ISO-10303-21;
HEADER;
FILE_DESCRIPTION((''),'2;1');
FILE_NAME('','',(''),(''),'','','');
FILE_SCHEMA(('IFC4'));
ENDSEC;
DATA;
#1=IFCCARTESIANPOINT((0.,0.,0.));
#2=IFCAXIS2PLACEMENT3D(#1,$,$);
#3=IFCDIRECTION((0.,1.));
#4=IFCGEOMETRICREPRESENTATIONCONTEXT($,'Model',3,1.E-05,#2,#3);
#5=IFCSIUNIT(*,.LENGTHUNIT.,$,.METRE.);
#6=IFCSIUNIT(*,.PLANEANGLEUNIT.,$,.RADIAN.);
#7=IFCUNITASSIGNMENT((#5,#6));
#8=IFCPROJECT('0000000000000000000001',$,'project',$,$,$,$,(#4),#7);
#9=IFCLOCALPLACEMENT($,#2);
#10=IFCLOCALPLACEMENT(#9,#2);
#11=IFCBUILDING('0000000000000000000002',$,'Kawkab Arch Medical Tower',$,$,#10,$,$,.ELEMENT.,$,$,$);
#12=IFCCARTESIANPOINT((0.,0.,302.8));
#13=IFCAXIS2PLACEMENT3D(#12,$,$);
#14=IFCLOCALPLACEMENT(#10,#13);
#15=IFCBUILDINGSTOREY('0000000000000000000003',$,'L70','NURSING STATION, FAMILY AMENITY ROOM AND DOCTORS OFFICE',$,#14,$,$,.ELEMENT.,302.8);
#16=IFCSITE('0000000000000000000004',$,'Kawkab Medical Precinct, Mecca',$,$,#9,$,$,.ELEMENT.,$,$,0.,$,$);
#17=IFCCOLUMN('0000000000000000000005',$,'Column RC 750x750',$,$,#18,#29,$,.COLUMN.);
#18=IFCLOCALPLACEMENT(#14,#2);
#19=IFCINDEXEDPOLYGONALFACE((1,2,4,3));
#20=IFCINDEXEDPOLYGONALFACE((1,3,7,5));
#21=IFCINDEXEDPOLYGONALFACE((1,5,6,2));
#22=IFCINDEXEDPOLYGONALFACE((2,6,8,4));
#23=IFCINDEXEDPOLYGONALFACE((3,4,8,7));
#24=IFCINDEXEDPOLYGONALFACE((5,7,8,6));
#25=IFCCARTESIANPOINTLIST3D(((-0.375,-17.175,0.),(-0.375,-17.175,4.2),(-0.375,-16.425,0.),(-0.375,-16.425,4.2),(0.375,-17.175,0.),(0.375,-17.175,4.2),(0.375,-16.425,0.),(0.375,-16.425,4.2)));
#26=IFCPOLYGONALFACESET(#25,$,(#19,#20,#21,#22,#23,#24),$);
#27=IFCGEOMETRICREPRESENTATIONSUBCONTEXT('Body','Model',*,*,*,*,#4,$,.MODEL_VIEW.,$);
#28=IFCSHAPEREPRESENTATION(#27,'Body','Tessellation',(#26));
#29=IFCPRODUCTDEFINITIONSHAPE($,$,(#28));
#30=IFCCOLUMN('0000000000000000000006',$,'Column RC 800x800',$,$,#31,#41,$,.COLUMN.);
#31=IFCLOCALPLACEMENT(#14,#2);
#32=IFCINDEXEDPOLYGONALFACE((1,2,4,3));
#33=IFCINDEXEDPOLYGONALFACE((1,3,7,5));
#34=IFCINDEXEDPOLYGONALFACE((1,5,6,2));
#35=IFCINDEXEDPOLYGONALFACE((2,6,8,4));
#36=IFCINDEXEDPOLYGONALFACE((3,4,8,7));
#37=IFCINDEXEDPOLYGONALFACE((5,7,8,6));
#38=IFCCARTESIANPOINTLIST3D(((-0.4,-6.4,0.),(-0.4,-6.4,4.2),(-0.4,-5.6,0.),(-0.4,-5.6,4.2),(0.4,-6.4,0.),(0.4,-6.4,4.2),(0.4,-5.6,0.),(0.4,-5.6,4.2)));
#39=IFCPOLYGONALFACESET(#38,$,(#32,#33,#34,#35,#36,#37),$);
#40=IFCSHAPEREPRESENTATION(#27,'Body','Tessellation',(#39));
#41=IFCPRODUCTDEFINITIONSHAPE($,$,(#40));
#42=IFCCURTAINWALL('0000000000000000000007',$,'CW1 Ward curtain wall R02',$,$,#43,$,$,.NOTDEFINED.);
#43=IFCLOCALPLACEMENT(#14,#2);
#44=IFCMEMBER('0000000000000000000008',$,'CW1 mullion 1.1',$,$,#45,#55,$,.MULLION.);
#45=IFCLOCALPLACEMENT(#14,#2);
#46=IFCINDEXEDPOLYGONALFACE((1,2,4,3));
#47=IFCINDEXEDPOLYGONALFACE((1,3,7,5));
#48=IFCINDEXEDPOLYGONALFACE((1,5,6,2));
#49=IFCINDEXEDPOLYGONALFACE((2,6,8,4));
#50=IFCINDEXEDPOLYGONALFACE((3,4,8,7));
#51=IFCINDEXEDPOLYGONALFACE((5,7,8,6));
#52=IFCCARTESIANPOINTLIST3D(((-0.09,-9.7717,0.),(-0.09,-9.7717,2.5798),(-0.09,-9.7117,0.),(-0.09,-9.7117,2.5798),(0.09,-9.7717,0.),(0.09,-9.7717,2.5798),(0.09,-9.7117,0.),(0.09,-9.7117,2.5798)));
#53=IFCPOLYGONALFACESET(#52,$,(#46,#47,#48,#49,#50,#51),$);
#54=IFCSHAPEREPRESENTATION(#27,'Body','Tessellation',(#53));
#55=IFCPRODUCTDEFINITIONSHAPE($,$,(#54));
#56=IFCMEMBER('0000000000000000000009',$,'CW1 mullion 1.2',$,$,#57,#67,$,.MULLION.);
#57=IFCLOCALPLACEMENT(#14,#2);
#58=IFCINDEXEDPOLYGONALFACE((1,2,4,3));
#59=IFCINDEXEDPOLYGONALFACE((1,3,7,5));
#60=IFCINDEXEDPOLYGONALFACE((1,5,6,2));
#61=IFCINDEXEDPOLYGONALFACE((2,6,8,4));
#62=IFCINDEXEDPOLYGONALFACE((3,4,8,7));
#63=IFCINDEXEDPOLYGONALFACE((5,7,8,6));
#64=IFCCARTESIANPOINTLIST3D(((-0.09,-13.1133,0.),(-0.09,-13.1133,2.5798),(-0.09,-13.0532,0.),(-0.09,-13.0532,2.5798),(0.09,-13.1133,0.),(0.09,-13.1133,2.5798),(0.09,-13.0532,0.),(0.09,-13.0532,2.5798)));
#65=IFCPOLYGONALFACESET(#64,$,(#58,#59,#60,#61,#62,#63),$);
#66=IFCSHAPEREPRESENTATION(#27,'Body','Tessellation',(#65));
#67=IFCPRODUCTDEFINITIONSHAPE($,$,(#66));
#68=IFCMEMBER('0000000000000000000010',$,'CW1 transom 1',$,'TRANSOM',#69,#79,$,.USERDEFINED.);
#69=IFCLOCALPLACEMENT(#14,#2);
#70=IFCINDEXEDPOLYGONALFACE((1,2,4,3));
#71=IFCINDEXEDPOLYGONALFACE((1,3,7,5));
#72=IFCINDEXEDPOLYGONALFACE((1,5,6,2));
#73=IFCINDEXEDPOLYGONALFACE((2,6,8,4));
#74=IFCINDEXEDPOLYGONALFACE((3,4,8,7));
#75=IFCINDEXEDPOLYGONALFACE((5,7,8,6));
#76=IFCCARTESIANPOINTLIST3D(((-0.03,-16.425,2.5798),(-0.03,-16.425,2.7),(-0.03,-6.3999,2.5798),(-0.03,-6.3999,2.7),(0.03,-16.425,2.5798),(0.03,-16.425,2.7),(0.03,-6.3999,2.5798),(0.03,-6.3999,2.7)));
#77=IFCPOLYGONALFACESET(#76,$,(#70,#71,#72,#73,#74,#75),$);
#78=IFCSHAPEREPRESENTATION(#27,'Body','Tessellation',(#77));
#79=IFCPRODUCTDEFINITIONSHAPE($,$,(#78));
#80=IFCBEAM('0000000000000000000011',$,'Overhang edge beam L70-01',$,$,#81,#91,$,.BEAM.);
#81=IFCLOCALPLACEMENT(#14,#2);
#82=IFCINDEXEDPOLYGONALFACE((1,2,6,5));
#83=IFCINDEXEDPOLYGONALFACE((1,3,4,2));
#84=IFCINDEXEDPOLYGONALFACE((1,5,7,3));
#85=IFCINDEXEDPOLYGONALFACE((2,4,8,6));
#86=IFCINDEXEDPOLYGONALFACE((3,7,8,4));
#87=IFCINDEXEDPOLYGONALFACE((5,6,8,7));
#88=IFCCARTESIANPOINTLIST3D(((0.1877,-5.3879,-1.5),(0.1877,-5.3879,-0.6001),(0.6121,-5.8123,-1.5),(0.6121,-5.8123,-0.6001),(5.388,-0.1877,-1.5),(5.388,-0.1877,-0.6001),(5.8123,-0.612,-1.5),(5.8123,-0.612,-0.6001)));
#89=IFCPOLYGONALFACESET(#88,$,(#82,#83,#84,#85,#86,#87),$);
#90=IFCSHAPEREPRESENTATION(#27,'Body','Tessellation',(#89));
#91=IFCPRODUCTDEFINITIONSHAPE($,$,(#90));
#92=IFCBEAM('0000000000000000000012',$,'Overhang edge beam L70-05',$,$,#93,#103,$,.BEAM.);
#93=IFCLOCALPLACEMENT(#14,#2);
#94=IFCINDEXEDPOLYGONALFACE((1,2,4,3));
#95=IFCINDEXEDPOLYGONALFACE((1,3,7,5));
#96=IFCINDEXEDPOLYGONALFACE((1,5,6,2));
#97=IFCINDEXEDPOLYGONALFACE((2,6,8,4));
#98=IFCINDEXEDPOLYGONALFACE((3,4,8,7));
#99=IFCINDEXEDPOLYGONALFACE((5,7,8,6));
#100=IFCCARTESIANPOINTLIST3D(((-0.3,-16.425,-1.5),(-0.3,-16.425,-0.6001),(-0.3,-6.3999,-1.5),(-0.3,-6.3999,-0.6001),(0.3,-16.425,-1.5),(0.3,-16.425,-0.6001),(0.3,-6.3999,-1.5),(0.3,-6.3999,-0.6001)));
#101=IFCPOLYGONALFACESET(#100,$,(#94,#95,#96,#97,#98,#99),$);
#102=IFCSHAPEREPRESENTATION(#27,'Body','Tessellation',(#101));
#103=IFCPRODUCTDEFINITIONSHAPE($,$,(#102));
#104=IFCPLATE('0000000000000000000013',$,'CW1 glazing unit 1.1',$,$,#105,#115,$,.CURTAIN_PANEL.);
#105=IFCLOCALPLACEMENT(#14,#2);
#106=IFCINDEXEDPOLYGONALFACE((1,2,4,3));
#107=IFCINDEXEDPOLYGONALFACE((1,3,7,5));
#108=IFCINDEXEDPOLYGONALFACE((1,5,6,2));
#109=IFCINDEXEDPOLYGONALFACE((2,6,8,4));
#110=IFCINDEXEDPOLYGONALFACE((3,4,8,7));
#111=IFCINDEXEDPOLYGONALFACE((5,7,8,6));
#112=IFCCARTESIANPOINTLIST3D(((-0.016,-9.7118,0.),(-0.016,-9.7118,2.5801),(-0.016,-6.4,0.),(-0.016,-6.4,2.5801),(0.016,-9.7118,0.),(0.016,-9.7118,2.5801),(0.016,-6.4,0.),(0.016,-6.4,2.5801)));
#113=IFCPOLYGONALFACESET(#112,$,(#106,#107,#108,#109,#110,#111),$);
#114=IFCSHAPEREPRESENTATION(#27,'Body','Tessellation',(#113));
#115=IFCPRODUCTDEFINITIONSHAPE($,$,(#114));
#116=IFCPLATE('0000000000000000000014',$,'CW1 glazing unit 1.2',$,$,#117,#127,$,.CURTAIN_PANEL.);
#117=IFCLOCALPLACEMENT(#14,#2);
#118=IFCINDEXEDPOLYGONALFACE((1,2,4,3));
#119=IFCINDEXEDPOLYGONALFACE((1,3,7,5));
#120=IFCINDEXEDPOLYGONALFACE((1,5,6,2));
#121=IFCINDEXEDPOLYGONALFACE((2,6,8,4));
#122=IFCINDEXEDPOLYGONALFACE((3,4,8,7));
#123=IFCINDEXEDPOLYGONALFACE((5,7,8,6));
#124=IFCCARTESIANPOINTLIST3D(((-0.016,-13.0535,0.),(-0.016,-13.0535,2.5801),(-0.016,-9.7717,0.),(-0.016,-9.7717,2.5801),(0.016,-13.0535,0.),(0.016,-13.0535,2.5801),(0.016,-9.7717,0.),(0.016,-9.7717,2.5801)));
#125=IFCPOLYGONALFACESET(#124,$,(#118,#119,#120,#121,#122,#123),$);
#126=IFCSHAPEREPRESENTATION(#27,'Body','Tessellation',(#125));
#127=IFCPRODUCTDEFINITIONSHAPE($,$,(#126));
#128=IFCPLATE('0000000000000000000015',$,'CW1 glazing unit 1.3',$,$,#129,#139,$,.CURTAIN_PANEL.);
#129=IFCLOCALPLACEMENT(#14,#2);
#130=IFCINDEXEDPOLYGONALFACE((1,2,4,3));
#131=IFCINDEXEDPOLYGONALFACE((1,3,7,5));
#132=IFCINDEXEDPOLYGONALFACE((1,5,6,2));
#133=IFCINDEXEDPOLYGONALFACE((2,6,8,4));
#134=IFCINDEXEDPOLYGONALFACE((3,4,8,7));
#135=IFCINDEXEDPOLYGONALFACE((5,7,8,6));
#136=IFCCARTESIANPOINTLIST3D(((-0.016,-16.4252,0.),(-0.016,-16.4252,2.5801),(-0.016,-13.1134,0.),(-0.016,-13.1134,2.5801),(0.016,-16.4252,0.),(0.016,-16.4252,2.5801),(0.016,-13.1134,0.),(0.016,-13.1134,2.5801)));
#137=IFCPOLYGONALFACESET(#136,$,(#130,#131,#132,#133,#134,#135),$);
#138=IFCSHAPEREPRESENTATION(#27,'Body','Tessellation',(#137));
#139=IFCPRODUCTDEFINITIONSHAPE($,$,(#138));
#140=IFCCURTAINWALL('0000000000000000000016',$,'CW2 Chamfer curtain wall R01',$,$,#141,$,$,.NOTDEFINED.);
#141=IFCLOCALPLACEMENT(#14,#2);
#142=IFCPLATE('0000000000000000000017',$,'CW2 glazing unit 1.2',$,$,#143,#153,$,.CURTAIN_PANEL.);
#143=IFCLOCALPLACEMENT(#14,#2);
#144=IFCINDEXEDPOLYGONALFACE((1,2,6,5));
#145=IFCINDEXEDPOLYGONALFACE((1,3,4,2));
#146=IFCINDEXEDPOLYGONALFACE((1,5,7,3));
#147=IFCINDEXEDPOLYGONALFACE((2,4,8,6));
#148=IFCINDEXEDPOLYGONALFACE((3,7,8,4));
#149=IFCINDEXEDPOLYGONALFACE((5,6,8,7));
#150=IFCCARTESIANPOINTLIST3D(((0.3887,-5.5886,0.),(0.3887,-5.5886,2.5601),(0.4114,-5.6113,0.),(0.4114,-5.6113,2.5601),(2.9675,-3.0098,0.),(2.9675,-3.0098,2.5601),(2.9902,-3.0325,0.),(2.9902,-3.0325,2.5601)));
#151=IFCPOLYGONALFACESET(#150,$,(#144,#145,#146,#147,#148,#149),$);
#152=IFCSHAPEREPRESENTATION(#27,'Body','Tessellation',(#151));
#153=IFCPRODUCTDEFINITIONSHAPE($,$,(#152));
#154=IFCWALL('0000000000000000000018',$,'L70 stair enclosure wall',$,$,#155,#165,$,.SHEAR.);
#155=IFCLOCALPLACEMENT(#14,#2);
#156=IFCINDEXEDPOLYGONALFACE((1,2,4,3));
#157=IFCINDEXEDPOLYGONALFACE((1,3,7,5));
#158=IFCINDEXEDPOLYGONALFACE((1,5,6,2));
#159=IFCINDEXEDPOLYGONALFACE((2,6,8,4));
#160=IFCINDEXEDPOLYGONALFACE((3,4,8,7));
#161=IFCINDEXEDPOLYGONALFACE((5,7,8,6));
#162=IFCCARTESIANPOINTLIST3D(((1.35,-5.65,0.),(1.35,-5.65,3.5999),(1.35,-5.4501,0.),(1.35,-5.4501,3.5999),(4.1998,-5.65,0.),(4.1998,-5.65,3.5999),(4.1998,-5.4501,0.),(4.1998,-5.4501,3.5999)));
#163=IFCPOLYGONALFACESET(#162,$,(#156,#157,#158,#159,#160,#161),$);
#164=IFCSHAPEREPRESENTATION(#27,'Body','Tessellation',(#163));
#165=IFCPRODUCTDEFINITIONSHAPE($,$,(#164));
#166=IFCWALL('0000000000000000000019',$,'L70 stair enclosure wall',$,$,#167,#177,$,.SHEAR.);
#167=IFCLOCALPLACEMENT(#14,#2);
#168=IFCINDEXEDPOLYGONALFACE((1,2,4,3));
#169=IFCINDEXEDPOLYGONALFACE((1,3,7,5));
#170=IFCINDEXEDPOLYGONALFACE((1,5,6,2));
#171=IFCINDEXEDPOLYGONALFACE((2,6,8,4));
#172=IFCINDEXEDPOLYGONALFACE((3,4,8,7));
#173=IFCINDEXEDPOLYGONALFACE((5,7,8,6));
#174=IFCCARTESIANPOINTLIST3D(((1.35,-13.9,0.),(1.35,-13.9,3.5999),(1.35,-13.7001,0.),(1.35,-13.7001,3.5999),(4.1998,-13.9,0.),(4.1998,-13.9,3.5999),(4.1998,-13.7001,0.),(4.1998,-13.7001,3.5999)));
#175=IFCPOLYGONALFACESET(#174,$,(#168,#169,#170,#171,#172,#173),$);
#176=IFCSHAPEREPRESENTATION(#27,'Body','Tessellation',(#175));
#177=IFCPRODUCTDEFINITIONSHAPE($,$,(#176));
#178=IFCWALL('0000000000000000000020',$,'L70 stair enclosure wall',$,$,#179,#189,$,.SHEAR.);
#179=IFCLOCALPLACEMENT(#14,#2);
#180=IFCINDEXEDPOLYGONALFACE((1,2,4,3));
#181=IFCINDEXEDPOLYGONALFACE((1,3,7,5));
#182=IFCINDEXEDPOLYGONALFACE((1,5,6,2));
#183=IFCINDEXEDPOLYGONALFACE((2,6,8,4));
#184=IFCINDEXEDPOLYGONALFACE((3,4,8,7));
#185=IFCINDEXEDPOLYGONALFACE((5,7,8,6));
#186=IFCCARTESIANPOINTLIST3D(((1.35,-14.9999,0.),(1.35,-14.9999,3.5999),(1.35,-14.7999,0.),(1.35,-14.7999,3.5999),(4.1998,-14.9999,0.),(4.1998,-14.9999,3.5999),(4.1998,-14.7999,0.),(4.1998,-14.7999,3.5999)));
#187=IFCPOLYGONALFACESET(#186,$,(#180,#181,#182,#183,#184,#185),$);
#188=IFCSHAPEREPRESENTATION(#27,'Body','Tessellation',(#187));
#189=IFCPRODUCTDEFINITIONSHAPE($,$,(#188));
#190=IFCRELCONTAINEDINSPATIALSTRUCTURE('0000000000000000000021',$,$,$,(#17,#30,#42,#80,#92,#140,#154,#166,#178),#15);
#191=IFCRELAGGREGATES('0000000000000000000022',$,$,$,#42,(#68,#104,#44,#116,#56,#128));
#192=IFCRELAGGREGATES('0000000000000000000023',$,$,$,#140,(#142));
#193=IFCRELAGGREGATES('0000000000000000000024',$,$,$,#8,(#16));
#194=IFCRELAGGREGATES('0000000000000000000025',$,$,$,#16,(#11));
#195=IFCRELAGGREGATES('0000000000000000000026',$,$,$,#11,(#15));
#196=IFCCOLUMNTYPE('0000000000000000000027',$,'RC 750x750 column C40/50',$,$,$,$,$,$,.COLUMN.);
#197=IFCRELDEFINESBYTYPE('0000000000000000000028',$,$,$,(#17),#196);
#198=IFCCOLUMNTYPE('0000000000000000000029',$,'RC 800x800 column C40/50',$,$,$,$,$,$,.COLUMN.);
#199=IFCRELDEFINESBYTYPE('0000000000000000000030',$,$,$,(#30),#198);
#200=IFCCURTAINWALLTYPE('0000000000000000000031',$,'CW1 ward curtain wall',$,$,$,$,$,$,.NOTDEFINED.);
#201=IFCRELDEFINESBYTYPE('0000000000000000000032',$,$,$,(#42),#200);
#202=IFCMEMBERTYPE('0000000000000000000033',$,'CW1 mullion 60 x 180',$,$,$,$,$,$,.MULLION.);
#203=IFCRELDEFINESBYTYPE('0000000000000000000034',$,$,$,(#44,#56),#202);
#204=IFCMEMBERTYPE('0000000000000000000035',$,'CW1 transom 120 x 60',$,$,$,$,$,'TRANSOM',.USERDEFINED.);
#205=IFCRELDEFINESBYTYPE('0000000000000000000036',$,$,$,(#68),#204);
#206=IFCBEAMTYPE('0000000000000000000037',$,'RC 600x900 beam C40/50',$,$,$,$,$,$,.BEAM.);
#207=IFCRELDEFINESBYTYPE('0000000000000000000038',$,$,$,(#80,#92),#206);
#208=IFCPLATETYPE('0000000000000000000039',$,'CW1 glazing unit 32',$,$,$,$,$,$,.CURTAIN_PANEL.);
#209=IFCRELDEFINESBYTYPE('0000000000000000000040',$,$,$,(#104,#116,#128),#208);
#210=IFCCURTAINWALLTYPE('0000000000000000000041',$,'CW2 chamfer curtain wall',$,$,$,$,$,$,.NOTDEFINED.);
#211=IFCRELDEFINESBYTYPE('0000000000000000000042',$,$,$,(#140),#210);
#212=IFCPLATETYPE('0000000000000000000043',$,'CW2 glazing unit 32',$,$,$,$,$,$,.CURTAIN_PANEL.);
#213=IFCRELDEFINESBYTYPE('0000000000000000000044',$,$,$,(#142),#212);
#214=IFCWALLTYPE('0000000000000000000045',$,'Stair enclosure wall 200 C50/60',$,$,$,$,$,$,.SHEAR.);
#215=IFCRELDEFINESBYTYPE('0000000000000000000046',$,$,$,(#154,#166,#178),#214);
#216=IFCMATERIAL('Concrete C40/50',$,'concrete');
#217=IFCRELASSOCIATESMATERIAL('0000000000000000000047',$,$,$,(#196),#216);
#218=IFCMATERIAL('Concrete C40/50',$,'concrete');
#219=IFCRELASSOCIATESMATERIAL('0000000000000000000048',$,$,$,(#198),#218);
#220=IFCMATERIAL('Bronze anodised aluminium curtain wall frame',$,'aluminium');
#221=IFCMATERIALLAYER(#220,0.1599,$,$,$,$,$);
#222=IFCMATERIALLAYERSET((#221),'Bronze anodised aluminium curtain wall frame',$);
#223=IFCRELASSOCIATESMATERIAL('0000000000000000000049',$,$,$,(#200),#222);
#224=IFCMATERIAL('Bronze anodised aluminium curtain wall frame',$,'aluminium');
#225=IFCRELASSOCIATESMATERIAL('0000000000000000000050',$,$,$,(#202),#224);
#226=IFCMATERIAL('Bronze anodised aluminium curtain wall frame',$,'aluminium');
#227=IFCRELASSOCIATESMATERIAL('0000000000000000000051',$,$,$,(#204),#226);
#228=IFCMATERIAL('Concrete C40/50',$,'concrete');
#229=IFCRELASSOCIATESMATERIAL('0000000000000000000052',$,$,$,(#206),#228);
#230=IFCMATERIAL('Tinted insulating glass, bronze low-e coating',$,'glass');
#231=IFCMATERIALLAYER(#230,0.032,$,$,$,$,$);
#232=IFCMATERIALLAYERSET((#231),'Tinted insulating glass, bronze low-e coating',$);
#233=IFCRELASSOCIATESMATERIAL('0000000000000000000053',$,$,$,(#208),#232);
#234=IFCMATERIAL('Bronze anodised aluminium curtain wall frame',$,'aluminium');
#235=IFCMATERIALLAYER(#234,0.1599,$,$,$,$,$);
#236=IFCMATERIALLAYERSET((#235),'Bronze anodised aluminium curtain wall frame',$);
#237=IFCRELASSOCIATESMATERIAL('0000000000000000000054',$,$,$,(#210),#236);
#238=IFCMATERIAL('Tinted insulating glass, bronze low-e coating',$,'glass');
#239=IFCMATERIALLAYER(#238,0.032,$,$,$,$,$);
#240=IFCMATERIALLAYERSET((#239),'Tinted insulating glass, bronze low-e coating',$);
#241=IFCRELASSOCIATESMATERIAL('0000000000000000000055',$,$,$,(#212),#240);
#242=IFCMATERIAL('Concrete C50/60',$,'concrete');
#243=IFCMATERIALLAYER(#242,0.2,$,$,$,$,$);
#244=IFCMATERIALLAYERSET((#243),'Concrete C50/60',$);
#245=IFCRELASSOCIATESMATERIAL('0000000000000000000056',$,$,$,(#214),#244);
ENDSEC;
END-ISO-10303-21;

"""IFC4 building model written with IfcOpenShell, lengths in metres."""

from ifc_helpers import new_model, si_unit, direction, frame, frame_2d, origin, origin_2d, place, context, subcontext, project, spatial, rectangle, extrude, material, layer, layer_set, material_profile, profile_set, type_object, element, aggregate, save


model = new_model("IFC4")

# Units and contexts
model_context = context("Model", 3, precision=1e-05, world=origin(), true_north=direction((0.0, 1.0)))
body_context = subcontext(model_context, "Body", "Model", "MODEL_VIEW")
ifc_project = project(units=[si_unit("LENGTHUNIT", "METRE"), si_unit("PLANEANGLEUNIT", "RADIAN")], contexts=[model_context])

# Site, building, storey
site_placement = place(None, origin())
site = spatial("IfcSite", under=ifc_project, at=site_placement, Name="Kawkab Medical Precinct, Mecca", CompositionType="ELEMENT", RefElevation=0.0)
building_placement = place(site_placement, origin())
building = spatial("IfcBuilding", under=site, at=building_placement, Name="Kawkab Arch Medical Tower", CompositionType="ELEMENT")
storey_placement = place(building_placement, frame((0.0, 0.0, 302.8)))
storey = spatial("IfcBuildingStorey", under=building, at=storey_placement, Name="L70", Description="NURSING STATION, FAMILY AMENITY ROOM AND DOCTORS OFFICE", CompositionType="ELEMENT", Elevation=302.8)

# Columns
ifc_material_1 = material(Name="Concrete C40/50", Category="concrete")
ifc_material_profile_1 = material_profile(ifc_material_1, rectangle(XDim=0.75, YDim=0.75, at=origin_2d()), Name="RC 750x750")
ifc_profile_set_1 = profile_set([ifc_material_profile_1], Name="Concrete C40/50")
column_type_1 = type_object("IfcColumnType", Name="RC 750x750 column C40/50", PredefinedType="COLUMN", material=ifc_profile_set_1)
column_1_placement = place(storey_placement, frame((0.0, -16.8, 0.0), z_axis=(0.0, 0.0, 1.0), x_axis=(1.0, 0.0, 0.0)))
element("IfcColumn", 1, at=column_1_placement, inside=storey, type_object=column_type_1, Name="Column RC 750x750", PredefinedType="COLUMN", context=body_context, shape_type="SweptSolid", body=[
    extrude(rectangle(XDim=0.75, YDim=0.75, at=origin_2d()), origin(), (0.0, 0.0, 1.0), 4.2),
])
ifc_material_2 = material(Name="Concrete C40/50", Category="concrete")
ifc_material_profile_2 = material_profile(ifc_material_2, rectangle(XDim=0.8, YDim=0.8, at=origin_2d()), Name="RC 800x800")
ifc_profile_set_2 = profile_set([ifc_material_profile_2], Name="Concrete C40/50")
column_type_2 = type_object("IfcColumnType", Name="RC 800x800 column C40/50", PredefinedType="COLUMN", material=ifc_profile_set_2)
column_2_placement = place(storey_placement, frame((0.0, -6.0, 0.0), z_axis=(0.0, 0.0, 1.0), x_axis=(1.0, 0.0, 0.0)))
element("IfcColumn", 2, at=column_2_placement, inside=storey, type_object=column_type_2, Name="Column RC 800x800", PredefinedType="COLUMN", context=body_context, shape_type="SweptSolid", body=[
    extrude(rectangle(XDim=0.8, YDim=0.8, at=origin_2d()), origin(), (0.0, 0.0, 1.0), 4.2),
])

# Curtain wall, members
ifc_material_3 = material(Name="Bronze anodised aluminium curtain wall frame", Category="aluminium")
ifc_layer_1 = layer(ifc_material_3, 0.1599)
ifc_layer_set_1 = layer_set([ifc_layer_1], Name="Bronze anodised aluminium curtain wall frame")
curtain_wall_type_1 = type_object("IfcCurtainWallType", Name="CW1 ward curtain wall", PredefinedType="NOTDEFINED", material=ifc_layer_set_1)
placement = place(storey_placement, origin())
curtain_wall_1 = element("IfcCurtainWall", 3, at=placement, inside=storey, type_object=curtain_wall_type_1, Name="CW1 Ward curtain wall R02", PredefinedType="NOTDEFINED")
ifc_material_4 = material(Name="Bronze anodised aluminium curtain wall frame", Category="aluminium")
ifc_material_profile_3 = material_profile(ifc_material_4, rectangle(XDim=0.1799, YDim=0.0601, at=origin_2d()), Name="AL 60x180")
ifc_profile_set_3 = profile_set([ifc_material_profile_3], Name="Bronze anodised aluminium curtain wall frame")
member_type_1 = type_object("IfcMemberType", Name="CW1 mullion 60 x 180", PredefinedType="MULLION", material=ifc_profile_set_3)
member_1_placement = place(storey_placement, frame((0.0, -9.7417, 0.0), z_axis=(0.0, 0.0, 1.0), x_axis=(1.0, 0.0, 0.0)))
member_1 = element("IfcMember", 4, at=member_1_placement, type_object=member_type_1, Name="CW1 mullion 1.1", PredefinedType="MULLION", context=body_context, shape_type="SweptSolid", body=[
    extrude(rectangle(XDim=0.1799, YDim=0.0601, at=origin_2d()), origin(), (0.0, 0.0, 1.0), 2.5798),
])
member_2_placement = place(storey_placement, frame((0.0, -13.0833, 0.0), z_axis=(0.0, 0.0, 1.0), x_axis=(1.0, 0.0, 0.0)))
member_2 = element("IfcMember", 5, at=member_2_placement, type_object=member_type_1, Name="CW1 mullion 1.2", PredefinedType="MULLION", context=body_context, shape_type="SweptSolid", body=[
    extrude(rectangle(XDim=0.1799, YDim=0.0601, at=origin_2d()), origin(), (0.0, 0.0, 1.0), 2.5798),
])
ifc_material_5 = material(Name="Bronze anodised aluminium curtain wall frame", Category="aluminium")
ifc_material_profile_4 = material_profile(ifc_material_5, rectangle(XDim=0.0601, YDim=0.1201, at=origin_2d()), Name="AL 60x120")
ifc_profile_set_4 = profile_set([ifc_material_profile_4], Name="Bronze anodised aluminium curtain wall frame")
member_type_2 = type_object("IfcMemberType", Name="CW1 transom 120 x 60", ElementType="TRANSOM", PredefinedType="USERDEFINED", material=ifc_profile_set_4)
member_3_placement = place(storey_placement, frame((0.0, -6.3999, 2.6399), z_axis=(0.0, -1.0, 0.0), x_axis=(1.0, 0.0, 0.0)))
member_3 = element("IfcMember", 6, at=member_3_placement, type_object=member_type_2, Name="CW1 transom 1", ObjectType="TRANSOM", PredefinedType="USERDEFINED", context=body_context, shape_type="SweptSolid", body=[
    extrude(rectangle(XDim=0.0601, YDim=0.1201, at=origin_2d()), origin(), (0.0, 0.0, 1.0), 10.0251),
])

# Beams
ifc_material_6 = material(Name="Concrete C40/50", Category="concrete")
ifc_material_profile_5 = material_profile(ifc_material_6, rectangle(XDim=0.6001, YDim=0.8999, at=origin_2d()), Name="RC 600x900")
ifc_profile_set_5 = profile_set([ifc_material_profile_5], Name="Concrete C40/50")
beam_type = type_object("IfcBeamType", Name="RC 600x900 beam C40/50", PredefinedType="BEAM", material=ifc_profile_set_5)
beam_1_placement = place(storey_placement, frame((0.3999, -5.6001, -1.05), z_axis=(0.707107, 0.707107, 0.0), x_axis=(-0.707107, 0.707107, 0.0)))
element("IfcBeam", 7, at=beam_1_placement, inside=storey, type_object=beam_type, Name="Overhang edge beam L70-01", PredefinedType="BEAM", context=body_context, shape_type="SweptSolid", body=[
    extrude(rectangle(XDim=0.6001, YDim=0.8999, at=origin_2d()), origin(), (0.0, 0.0, 1.0), 7.3542),
])
beam_2_placement = place(storey_placement, frame((0.0, -16.425, -1.05), z_axis=(0.0, 1.0, 0.0), x_axis=(-1.0, 0.0, 0.0)))
element("IfcBeam", 8, at=beam_2_placement, inside=storey, type_object=beam_type, Name="Overhang edge beam L70-05", PredefinedType="BEAM", context=body_context, shape_type="SweptSolid", body=[
    extrude(rectangle(XDim=0.6001, YDim=0.8999, at=origin_2d()), origin(), (0.0, 0.0, 1.0), 10.0251),
])

# Plates
ifc_material_7 = material(Name="Tinted insulating glass, bronze low-e coating", Category="glass")
ifc_layer_2 = layer(ifc_material_7, 0.032)
ifc_layer_set_2 = layer_set([ifc_layer_2], Name="Tinted insulating glass, bronze low-e coating")
plate_type_1 = type_object("IfcPlateType", Name="CW1 glazing unit 32", PredefinedType="CURTAIN_PANEL", material=ifc_layer_set_2)
plate_1_placement = place(storey_placement, frame((0.0, -8.0559, 0.0), z_axis=(0.0, 0.0, 1.0), x_axis=(0.0, -1.0, 0.0)))
plate_1 = element("IfcPlate", 9, at=plate_1_placement, type_object=plate_type_1, Name="CW1 glazing unit 1.1", PredefinedType="CURTAIN_PANEL", context=body_context, shape_type="SweptSolid", body=[
    extrude(rectangle(XDim=3.3118, YDim=0.032, at=origin_2d()), origin(), (0.0, 0.0, 1.0), 2.5801),
])
plate_2_placement = place(storey_placement, frame((0.0, -11.4126, 0.0), z_axis=(0.0, 0.0, 1.0), x_axis=(0.0, -1.0, 0.0)))
plate_2 = element("IfcPlate", 10, at=plate_2_placement, type_object=plate_type_1, Name="CW1 glazing unit 1.2", PredefinedType="CURTAIN_PANEL", context=body_context, shape_type="SweptSolid", body=[
    extrude(rectangle(XDim=3.2817, YDim=0.032, at=origin_2d()), origin(), (0.0, 0.0, 1.0), 2.5801),
])
plate_3_placement = place(storey_placement, frame((0.0, -14.7693, 0.0), z_axis=(0.0, 0.0, 1.0), x_axis=(0.0, -1.0, 0.0)))
plate_3 = element("IfcPlate", 11, at=plate_3_placement, type_object=plate_type_1, Name="CW1 glazing unit 1.3", PredefinedType="CURTAIN_PANEL", context=body_context, shape_type="SweptSolid", body=[
    extrude(rectangle(XDim=3.3118, YDim=0.032, at=origin_2d()), origin(), (0.0, 0.0, 1.0), 2.5801),
])
aggregate(curtain_wall_1, [member_3, plate_1, member_1, plate_2, member_2, plate_3])

# Curtain wall, plate
ifc_material_8 = material(Name="Bronze anodised aluminium curtain wall frame", Category="aluminium")
ifc_layer_3 = layer(ifc_material_8, 0.1599)
ifc_layer_set_3 = layer_set([ifc_layer_3], Name="Bronze anodised aluminium curtain wall frame")
curtain_wall_type_2 = type_object("IfcCurtainWallType", Name="CW2 chamfer curtain wall", PredefinedType="NOTDEFINED", material=ifc_layer_set_3)
curtain_wall_2 = element("IfcCurtainWall", 12, at=placement, inside=storey, type_object=curtain_wall_type_2, Name="CW2 Chamfer curtain wall R01", PredefinedType="NOTDEFINED")
ifc_material_9 = material(Name="Tinted insulating glass, bronze low-e coating", Category="glass")
ifc_layer_4 = layer(ifc_material_9, 0.032)
ifc_layer_set_4 = layer_set([ifc_layer_4], Name="Tinted insulating glass, bronze low-e coating")
plate_type_2 = type_object("IfcPlateType", Name="CW2 glazing unit 32", PredefinedType="CURTAIN_PANEL", material=ifc_layer_set_4)
plate_4_placement = place(storey_placement, frame((1.6895, -4.3105, 0.0), z_axis=(0.0, 0.0, 1.0), x_axis=(-0.707107, -0.707107, 0.0)))
plate_4 = element("IfcPlate", 13, at=plate_4_placement, type_object=plate_type_2, Name="CW2 glazing unit 1.2", PredefinedType="CURTAIN_PANEL", context=body_context, shape_type="SweptSolid", body=[
    extrude(rectangle(XDim=3.647, YDim=0.032, at=origin_2d()), origin(), (0.0, 0.0, 1.0), 2.5601),
])
aggregate(curtain_wall_2, [plate_4])

# Walls
ifc_material_10 = material(Name="Concrete C50/60", Category="concrete")
ifc_layer_5 = layer(ifc_material_10, 0.2)
ifc_layer_set_5 = layer_set([ifc_layer_5], Name="Concrete C50/60")
wall_type_1 = type_object("IfcWallType", Name="Stair enclosure wall 200 C50/60", PredefinedType="SHEAR", material=ifc_layer_set_5)
for number, where, z_axis, x_axis, name in (
    (14, (1.3501, -5.55, 0.0), (0.0, 0.0, 1.0), (1.0, 0.0, 0.0), "L70 stair enclosure wall"),
    (15, (1.3501, -13.8, 0.0), (0.0, 0.0, 1.0), (1.0, 0.0, 0.0), "L70 stair enclosure wall"),
    (16, (1.3501, -14.8999, 0.0), (0.0, 0.0, 1.0), (1.0, 0.0, 0.0), "L70 stair enclosure wall"),
):
    element("IfcWall", number, at=place(storey_placement, frame(where, z_axis=z_axis, x_axis=x_axis)), inside=storey, type_object=wall_type_1, Name=name, PredefinedType="SHEAR", context=body_context, shape_type="SweptSolid", body=[
        extrude(rectangle(XDim=2.8499, YDim=0.2, at=frame_2d((1.4248, 0.0))), origin(), (0.0, 0.0, 1.0), 3.5999),
    ])

save(model, "model.ifc")
